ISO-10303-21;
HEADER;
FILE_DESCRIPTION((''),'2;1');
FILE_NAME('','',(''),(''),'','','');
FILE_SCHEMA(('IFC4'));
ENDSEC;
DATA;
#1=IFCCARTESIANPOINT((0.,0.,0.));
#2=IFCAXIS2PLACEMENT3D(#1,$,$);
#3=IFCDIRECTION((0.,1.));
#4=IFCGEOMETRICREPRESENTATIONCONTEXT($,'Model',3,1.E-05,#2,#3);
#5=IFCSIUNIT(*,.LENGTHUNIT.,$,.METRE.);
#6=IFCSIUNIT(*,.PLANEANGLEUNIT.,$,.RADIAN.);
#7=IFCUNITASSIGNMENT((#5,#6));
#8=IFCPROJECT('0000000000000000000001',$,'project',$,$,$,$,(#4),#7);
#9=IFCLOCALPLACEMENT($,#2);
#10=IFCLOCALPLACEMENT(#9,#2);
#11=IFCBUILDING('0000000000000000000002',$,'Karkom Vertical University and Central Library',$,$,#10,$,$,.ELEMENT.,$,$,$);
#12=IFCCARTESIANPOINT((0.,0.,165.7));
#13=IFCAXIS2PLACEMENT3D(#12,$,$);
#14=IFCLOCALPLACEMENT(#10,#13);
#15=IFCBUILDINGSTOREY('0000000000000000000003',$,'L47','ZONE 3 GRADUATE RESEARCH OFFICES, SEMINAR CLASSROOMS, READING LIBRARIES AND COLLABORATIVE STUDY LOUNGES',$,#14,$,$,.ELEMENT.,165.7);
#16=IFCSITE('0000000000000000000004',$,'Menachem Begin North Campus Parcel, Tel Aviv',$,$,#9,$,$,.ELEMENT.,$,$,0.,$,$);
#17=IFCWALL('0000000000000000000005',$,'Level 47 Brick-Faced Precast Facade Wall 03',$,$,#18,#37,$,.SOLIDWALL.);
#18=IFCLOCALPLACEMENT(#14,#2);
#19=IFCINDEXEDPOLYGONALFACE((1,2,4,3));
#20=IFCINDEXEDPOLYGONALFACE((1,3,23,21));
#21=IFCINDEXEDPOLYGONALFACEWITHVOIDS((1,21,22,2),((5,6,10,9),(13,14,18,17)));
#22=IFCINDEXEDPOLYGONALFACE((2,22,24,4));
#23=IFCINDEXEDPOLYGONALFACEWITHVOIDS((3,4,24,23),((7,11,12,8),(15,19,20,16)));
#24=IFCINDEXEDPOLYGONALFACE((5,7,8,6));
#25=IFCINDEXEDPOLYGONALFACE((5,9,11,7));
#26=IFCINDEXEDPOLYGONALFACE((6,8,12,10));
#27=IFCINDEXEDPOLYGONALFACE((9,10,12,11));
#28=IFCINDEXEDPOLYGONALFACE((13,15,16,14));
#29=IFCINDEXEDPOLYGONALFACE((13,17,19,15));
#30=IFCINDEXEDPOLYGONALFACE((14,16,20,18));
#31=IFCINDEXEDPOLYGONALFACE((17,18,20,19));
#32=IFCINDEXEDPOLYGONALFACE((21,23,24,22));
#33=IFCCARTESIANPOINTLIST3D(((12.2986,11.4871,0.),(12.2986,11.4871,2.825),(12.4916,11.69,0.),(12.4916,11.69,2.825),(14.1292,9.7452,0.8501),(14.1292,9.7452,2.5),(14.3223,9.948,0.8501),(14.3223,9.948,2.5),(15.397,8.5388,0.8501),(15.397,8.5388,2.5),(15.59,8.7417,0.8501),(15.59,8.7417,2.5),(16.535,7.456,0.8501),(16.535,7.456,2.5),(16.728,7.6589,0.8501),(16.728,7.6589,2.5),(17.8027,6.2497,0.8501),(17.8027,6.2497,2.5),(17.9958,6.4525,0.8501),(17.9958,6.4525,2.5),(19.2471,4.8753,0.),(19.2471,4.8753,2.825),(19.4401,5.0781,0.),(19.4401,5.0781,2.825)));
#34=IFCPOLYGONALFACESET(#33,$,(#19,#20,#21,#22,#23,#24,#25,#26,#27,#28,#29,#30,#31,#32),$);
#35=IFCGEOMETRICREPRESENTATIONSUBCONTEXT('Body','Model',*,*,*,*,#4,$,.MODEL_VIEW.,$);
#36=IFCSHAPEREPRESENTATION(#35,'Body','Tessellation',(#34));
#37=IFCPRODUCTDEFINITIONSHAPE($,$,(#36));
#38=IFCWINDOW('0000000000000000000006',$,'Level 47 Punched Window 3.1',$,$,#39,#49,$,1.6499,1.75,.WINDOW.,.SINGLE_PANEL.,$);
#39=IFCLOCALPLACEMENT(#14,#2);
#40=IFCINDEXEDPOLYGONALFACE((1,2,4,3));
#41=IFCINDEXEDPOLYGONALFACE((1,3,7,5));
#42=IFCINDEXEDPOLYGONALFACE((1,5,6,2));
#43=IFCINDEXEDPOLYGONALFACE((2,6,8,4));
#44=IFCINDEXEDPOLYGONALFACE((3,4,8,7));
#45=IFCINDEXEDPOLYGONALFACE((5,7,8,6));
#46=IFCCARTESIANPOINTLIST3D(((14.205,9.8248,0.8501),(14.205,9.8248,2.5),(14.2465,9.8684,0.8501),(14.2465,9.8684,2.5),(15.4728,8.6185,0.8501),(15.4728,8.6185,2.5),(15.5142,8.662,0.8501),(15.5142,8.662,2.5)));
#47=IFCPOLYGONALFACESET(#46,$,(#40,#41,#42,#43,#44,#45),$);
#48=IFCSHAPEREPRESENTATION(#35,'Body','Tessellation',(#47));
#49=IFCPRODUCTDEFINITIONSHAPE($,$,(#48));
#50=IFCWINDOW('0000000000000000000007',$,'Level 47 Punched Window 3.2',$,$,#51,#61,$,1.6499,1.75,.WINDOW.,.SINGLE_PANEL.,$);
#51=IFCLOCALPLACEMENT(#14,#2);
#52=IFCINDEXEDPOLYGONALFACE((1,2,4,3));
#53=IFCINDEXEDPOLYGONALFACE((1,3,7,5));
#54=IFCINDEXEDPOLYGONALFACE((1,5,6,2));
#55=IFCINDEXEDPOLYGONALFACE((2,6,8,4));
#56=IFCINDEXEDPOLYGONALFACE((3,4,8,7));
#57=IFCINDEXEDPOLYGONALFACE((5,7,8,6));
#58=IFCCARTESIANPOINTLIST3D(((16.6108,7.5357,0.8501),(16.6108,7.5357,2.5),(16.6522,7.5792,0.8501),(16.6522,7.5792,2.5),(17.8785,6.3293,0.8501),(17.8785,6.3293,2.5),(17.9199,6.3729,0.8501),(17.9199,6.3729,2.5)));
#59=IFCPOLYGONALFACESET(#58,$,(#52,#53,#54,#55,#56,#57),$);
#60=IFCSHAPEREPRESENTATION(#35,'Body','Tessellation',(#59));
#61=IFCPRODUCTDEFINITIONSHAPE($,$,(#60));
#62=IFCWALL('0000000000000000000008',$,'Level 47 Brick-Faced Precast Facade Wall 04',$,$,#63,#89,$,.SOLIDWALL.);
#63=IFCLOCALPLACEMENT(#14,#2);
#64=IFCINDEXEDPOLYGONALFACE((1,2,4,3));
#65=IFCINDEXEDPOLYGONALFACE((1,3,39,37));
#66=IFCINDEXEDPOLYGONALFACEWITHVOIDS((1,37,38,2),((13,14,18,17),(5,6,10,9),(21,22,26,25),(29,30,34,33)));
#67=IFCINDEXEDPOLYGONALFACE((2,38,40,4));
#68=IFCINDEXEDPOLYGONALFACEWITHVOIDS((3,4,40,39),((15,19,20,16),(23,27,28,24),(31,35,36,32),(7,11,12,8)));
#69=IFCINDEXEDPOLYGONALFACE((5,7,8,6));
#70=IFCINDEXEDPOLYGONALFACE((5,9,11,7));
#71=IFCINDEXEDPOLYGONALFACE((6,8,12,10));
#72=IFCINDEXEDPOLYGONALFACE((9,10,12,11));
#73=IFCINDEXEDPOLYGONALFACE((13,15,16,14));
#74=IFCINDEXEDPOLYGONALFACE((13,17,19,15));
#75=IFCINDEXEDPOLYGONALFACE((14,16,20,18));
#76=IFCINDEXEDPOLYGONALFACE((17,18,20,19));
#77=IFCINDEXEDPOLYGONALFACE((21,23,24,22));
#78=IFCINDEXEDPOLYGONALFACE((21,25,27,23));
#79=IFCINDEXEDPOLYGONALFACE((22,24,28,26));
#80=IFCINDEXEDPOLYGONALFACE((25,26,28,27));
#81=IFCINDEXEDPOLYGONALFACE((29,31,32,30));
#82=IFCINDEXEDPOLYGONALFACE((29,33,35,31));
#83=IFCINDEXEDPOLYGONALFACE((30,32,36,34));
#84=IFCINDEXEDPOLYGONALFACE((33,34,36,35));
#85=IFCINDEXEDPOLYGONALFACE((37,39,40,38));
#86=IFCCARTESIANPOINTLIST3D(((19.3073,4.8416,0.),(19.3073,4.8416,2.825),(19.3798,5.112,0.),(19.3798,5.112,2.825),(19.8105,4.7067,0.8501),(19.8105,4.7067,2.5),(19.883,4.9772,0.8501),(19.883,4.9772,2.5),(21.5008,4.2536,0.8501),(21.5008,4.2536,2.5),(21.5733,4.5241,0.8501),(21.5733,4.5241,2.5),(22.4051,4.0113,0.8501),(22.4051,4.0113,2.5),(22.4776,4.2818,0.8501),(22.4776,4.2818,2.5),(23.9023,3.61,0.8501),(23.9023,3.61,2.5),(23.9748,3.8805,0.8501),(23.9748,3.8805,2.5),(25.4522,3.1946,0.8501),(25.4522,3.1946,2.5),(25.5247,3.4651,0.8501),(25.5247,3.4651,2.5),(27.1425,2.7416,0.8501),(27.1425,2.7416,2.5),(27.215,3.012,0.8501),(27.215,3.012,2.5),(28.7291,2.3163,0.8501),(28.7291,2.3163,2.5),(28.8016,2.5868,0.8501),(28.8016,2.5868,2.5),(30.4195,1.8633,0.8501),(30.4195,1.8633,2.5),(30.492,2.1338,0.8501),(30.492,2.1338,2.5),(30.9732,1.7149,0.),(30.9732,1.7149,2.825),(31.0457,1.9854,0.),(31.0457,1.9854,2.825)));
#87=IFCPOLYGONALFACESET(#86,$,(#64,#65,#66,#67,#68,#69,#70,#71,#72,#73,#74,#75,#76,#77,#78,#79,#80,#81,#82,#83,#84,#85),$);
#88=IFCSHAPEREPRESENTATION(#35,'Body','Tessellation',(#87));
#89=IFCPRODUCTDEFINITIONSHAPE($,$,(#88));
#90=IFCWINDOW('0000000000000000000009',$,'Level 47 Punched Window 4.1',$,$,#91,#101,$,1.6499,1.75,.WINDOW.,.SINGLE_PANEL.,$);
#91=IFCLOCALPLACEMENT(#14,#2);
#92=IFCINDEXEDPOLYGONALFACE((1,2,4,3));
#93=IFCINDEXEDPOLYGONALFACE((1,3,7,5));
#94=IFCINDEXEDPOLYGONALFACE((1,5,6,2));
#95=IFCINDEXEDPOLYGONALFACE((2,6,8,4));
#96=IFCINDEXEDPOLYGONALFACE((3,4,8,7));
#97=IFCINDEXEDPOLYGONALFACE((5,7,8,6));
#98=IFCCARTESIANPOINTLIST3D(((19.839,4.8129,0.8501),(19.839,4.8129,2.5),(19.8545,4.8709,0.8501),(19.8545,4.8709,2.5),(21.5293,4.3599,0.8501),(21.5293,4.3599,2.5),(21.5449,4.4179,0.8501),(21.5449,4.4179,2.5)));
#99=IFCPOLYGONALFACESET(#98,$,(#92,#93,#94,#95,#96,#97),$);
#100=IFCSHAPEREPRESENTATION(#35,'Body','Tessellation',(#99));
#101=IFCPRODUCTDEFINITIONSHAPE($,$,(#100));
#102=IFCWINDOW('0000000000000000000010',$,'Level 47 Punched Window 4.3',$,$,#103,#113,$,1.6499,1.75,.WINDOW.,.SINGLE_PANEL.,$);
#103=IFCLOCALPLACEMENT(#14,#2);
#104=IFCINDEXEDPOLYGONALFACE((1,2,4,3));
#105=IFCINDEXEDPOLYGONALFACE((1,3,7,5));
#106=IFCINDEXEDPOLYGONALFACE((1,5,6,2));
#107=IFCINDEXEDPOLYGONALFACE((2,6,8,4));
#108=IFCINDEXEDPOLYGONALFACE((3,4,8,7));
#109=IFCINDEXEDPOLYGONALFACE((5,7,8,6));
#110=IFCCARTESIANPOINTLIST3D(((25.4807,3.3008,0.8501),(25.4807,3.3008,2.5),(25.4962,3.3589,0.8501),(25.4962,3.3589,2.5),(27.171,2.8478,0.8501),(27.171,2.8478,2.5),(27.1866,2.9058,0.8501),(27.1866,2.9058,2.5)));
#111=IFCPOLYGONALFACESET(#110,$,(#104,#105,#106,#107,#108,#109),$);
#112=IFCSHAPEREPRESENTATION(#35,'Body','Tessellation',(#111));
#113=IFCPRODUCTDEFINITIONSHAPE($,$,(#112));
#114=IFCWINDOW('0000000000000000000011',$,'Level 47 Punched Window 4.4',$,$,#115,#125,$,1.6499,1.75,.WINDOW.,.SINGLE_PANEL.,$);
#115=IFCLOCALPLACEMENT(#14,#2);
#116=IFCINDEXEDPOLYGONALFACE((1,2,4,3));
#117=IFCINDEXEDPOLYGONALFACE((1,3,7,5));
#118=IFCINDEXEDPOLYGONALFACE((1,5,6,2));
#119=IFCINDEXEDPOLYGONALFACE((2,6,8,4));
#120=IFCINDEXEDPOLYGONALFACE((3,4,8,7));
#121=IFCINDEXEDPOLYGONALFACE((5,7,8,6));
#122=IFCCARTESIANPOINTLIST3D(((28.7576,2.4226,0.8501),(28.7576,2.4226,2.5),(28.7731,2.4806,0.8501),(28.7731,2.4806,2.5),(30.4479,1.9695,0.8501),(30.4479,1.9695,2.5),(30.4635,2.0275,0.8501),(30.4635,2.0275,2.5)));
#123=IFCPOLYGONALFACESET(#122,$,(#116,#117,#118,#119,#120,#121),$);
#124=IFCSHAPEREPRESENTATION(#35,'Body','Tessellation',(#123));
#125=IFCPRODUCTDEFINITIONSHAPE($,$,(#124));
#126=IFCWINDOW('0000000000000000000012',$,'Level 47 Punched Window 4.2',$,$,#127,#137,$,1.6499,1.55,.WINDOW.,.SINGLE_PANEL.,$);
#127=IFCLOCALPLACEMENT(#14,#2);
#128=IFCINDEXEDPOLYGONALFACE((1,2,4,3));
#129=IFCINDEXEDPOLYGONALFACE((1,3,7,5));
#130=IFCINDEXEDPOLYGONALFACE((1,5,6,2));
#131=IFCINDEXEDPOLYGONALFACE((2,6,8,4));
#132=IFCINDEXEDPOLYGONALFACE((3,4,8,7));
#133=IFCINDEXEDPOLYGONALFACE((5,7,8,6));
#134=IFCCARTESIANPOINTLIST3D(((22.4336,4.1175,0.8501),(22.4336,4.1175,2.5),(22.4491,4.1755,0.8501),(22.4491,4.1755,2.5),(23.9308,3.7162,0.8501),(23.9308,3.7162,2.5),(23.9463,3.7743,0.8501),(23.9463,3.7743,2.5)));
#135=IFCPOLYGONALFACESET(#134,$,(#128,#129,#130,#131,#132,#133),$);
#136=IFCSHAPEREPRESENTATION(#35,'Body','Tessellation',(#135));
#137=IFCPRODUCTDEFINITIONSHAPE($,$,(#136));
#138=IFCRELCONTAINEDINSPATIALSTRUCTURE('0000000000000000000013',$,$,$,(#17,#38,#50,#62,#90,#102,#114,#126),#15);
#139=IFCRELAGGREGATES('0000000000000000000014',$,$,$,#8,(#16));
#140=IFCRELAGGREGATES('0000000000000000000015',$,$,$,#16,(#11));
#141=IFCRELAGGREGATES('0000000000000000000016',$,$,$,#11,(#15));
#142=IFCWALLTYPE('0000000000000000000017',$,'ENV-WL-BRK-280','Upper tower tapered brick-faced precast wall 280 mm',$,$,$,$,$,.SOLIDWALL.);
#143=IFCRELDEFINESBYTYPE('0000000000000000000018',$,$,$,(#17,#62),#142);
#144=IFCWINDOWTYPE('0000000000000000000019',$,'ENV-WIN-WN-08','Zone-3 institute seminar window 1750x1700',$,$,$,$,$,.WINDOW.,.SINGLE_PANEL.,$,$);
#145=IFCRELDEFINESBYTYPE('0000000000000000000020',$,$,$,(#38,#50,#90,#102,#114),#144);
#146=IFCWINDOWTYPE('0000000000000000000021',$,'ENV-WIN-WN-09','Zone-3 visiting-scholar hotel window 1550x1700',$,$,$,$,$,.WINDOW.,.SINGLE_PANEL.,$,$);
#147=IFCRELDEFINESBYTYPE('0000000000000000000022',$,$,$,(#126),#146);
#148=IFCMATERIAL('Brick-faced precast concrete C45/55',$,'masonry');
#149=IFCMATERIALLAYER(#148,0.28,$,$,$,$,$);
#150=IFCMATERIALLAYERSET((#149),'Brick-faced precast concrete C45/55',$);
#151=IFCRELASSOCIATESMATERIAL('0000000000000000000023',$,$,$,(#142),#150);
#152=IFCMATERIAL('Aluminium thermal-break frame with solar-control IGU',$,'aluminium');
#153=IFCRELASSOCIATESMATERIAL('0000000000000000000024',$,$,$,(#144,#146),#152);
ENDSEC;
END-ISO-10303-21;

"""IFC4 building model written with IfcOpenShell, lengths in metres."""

from ifc_helpers import new_model, si_unit, direction, frame, frame_2d, origin, origin_with_axes, place, context, subcontext, project, spatial, rectangle, extrude, source, transform, mapped, material, layer, layer_set, type_object, element, fill, save


model = new_model("IFC4")

# Units and contexts
model_context = context("Model", 3, precision=1e-05, world=origin(), true_north=direction((0.0, 1.0)))
body_context = subcontext(model_context, "Body", "Model", "MODEL_VIEW")
ifc_project = project(units=[si_unit("LENGTHUNIT", "METRE"), si_unit("PLANEANGLEUNIT", "RADIAN")], contexts=[model_context])

# Site, building, storey
site_placement = place(None, origin())
site = spatial("IfcSite", under=ifc_project, at=site_placement, Name="Menachem Begin North Campus Parcel, Tel Aviv", CompositionType="ELEMENT", RefElevation=0.0)
building_placement = place(site_placement, origin())
building = spatial("IfcBuilding", under=site, at=building_placement, Name="Karkom Vertical University and Central Library", CompositionType="ELEMENT")
storey_placement = place(building_placement, frame((0.0, 0.0, 165.7)))
storey = spatial("IfcBuildingStorey", under=building, at=storey_placement, Name="L47", Description="ZONE 3 GRADUATE RESEARCH OFFICES, SEMINAR CLASSROOMS, READING LIBRARIES AND COLLABORATIVE STUDY LOUNGES", CompositionType="ELEMENT", Elevation=165.7)

# Walls, openings, windows
ifc_material_1 = material(Name="Brick-faced precast concrete C45/55", Category="masonry")
ifc_layer_1 = layer(ifc_material_1, 0.28)
ifc_layer_set_1 = layer_set([ifc_layer_1], Name="Brick-faced precast concrete C45/55")
wall_type = type_object("IfcWallType", Name="ENV-WL-BRK-280", Description="Upper tower tapered brick-faced precast wall 280 mm", PredefinedType="SOLIDWALL", material=ifc_layer_set_1)
wall_1_placement = place(storey_placement, frame((12.395, 11.5886, 0.0), z_axis=(0.0, 0.0, 1.0), x_axis=(0.724439, -0.689339, 0.0)))
wall_1 = element("IfcWall", 1, at=wall_1_placement, inside=storey, type_object=wall_type, Name="Level 47 Brick-Faced Precast Facade Wall 03", PredefinedType="SOLIDWALL", context=body_context, shape_type="SweptSolid", body=[
    extrude(rectangle(XDim=9.5916, YDim=0.28, at=frame_2d((4.7959, 0.0))), origin(), (0.0, 0.0, 1.0), 2.825),
])
opening_1_placement = place(wall_1_placement, frame((2.5271, 0.0, 0.8501)))
opening_1 = element("IfcOpeningElement", 2, at=opening_1_placement, cuts=wall_1, PredefinedType="OPENING", context=body_context, shape_type="SweptSolid", body=[
    extrude(rectangle(XDim=1.75, YDim=1.6499, at=frame_2d((0.875, 0.825))), frame((0.0, 0.1499, 0.0), z_axis=(0.0, -1.0, 0.0), x_axis=(1.0, 0.0, 0.0)), (0.0, 0.0, 1.0), 0.3),
])
opening_2_placement = place(wall_1_placement, frame((5.8479, 0.0, 0.8501)))
opening_2 = element("IfcOpeningElement", 3, at=opening_2_placement, cuts=wall_1, PredefinedType="OPENING", context=body_context, shape_type="SweptSolid", body=[
    extrude(rectangle(XDim=1.75, YDim=1.6499, at=frame_2d((0.875, 0.825))), frame((0.0, 0.1499, 0.0), z_axis=(0.0, -1.0, 0.0), x_axis=(1.0, 0.0, 0.0)), (0.0, 0.0, 1.0), 0.3),
])
ifc_material_2 = material(Name="Aluminium thermal-break frame with solar-control IGU", Category="aluminium")
window_type_1 = type_object("IfcWindowType", Name="ENV-WIN-WN-08", Description="Zone-3 institute seminar window 1750x1700", PartitioningType="SINGLE_PANEL", PredefinedType="WINDOW", material=ifc_material_2)
shared_shape_1 = source(origin_with_axes(), body_context, "Body", "SweptSolid", [
    extrude(rectangle(XDim=1.75, YDim=1.6499, at=frame_2d((0.875, 0.825))), frame((0.0, 0.03, 0.0), z_axis=(0.0, -1.0, 0.0), x_axis=(1.0, 0.0, 0.0)), (0.0, 0.0, 1.0), 0.0601),
])
window_1_placement = place(opening_1_placement, origin())
window_1 = element("IfcWindow", 4, at=window_1_placement, inside=storey, type_object=window_type_1, Name="Level 47 Punched Window 3.1", OverallHeight=1.6499, OverallWidth=1.75, PartitioningType="SINGLE_PANEL", PredefinedType="WINDOW", context=body_context, shape_type="MappedRepresentation", body=[
    mapped(shared_shape_1, transform((0.0, 0.0, 0.0), scale=1.0)),
])
fill(opening_1, window_1)
window_2_placement = place(opening_2_placement, origin())
window_2 = element("IfcWindow", 5, at=window_2_placement, inside=storey, type_object=window_type_1, Name="Level 47 Punched Window 3.2", OverallHeight=1.6499, OverallWidth=1.75, PartitioningType="SINGLE_PANEL", PredefinedType="WINDOW", context=body_context, shape_type="MappedRepresentation", body=[
    mapped(shared_shape_1, transform((0.0, 0.0, 0.0), scale=1.0)),
])
fill(opening_2, window_2)
wall_2_placement = place(storey_placement, frame((19.3435, 4.9768, 0.0), z_axis=(0.0, 0.0, 1.0), x_axis=(0.965909, -0.258882, 0.0)))
wall_2 = element("IfcWall", 6, at=wall_2_placement, inside=storey, type_object=wall_type, Name="Level 47 Brick-Faced Precast Facade Wall 04", PredefinedType="SOLIDWALL", context=body_context, shape_type="SweptSolid", body=[
    extrude(rectangle(XDim=12.0776, YDim=0.28, at=frame_2d((6.0388, 0.0))), origin(), (0.0, 0.0, 1.0), 2.825),
])
opening_3_placement = place(wall_2_placement, frame((0.521, 0.0, 0.8501)))
opening_3 = element("IfcOpeningElement", 7, at=opening_3_placement, cuts=wall_2, PredefinedType="OPENING", context=body_context, shape_type="SweptSolid", body=[
    extrude(rectangle(XDim=1.75, YDim=1.6499, at=frame_2d((0.875, 0.825))), frame((0.0, 0.1499, 0.0), z_axis=(0.0, -1.0, 0.0), x_axis=(1.0, 0.0, 0.0)), (0.0, 0.0, 1.0), 0.3),
])
opening_4_placement = place(wall_2_placement, frame((3.2073, 0.0, 0.8501)))
opening_4 = element("IfcOpeningElement", 8, at=opening_4_placement, cuts=wall_2, PredefinedType="OPENING", context=body_context, shape_type="SweptSolid", body=[
    extrude(rectangle(XDim=1.55, YDim=1.6499, at=frame_2d((0.7749, 0.825))), frame((0.0, 0.1499, 0.0), z_axis=(0.0, -1.0, 0.0), x_axis=(1.0, 0.0, 0.0)), (0.0, 0.0, 1.0), 0.3),
])
opening_5_placement = place(wall_2_placement, frame((6.3618, 0.0, 0.8501)))
opening_5 = element("IfcOpeningElement", 9, at=opening_5_placement, cuts=wall_2, PredefinedType="OPENING", context=body_context, shape_type="SweptSolid", body=[
    extrude(rectangle(XDim=1.75, YDim=1.6499, at=frame_2d((0.875, 0.825))), frame((0.0, 0.1499, 0.0), z_axis=(0.0, -1.0, 0.0), x_axis=(1.0, 0.0, 0.0)), (0.0, 0.0, 1.0), 0.3),
])
opening_6_placement = place(wall_2_placement, frame((9.7544, 0.0, 0.8501)))
opening_6 = element("IfcOpeningElement", 10, at=opening_6_placement, cuts=wall_2, PredefinedType="OPENING", context=body_context, shape_type="SweptSolid", body=[
    extrude(rectangle(XDim=1.75, YDim=1.6499, at=frame_2d((0.875, 0.825))), frame((0.0, 0.1499, 0.0), z_axis=(0.0, -1.0, 0.0), x_axis=(1.0, 0.0, 0.0)), (0.0, 0.0, 1.0), 0.3),
])
window_3_placement = place(opening_3_placement, origin())
window_3 = element("IfcWindow", 11, at=window_3_placement, inside=storey, type_object=window_type_1, Name="Level 47 Punched Window 4.1", OverallHeight=1.6499, OverallWidth=1.75, PartitioningType="SINGLE_PANEL", PredefinedType="WINDOW", context=body_context, shape_type="MappedRepresentation", body=[
    mapped(shared_shape_1, transform((0.0, 0.0, 0.0), scale=1.0)),
])
fill(opening_3, window_3)
window_4_placement = place(opening_5_placement, origin())
window_4 = element("IfcWindow", 12, at=window_4_placement, inside=storey, type_object=window_type_1, Name="Level 47 Punched Window 4.3", OverallHeight=1.6499, OverallWidth=1.75, PartitioningType="SINGLE_PANEL", PredefinedType="WINDOW", context=body_context, shape_type="MappedRepresentation", body=[
    mapped(shared_shape_1, transform((0.0, 0.0, 0.0), scale=1.0)),
])
fill(opening_5, window_4)
window_5_placement = place(opening_6_placement, origin())
window_5 = element("IfcWindow", 13, at=window_5_placement, inside=storey, type_object=window_type_1, Name="Level 47 Punched Window 4.4", OverallHeight=1.6499, OverallWidth=1.75, PartitioningType="SINGLE_PANEL", PredefinedType="WINDOW", context=body_context, shape_type="MappedRepresentation", body=[
    mapped(shared_shape_1, transform((0.0, 0.0, 0.0), scale=1.0)),
])
fill(opening_6, window_5)
window_type_2 = type_object("IfcWindowType", Name="ENV-WIN-WN-09", Description="Zone-3 visiting-scholar hotel window 1550x1700", PartitioningType="SINGLE_PANEL", PredefinedType="WINDOW", material=ifc_material_2)
shared_shape_2 = source(origin_with_axes(), body_context, "Body", "SweptSolid", [
    extrude(rectangle(XDim=1.55, YDim=1.6499, at=frame_2d((0.7749, 0.825))), frame((0.0, 0.03, 0.0), z_axis=(0.0, -1.0, 0.0), x_axis=(1.0, 0.0, 0.0)), (0.0, 0.0, 1.0), 0.0601),
])
window_6_placement = place(opening_4_placement, origin())
window_6 = element("IfcWindow", 14, at=window_6_placement, inside=storey, type_object=window_type_2, Name="Level 47 Punched Window 4.2", OverallHeight=1.6499, OverallWidth=1.55, PartitioningType="SINGLE_PANEL", PredefinedType="WINDOW", context=body_context, shape_type="MappedRepresentation", body=[
    mapped(shared_shape_2, transform((0.0, 0.0, 0.0), scale=1.0)),
])
fill(opening_4, window_6)

save(model, "model.ifc")
